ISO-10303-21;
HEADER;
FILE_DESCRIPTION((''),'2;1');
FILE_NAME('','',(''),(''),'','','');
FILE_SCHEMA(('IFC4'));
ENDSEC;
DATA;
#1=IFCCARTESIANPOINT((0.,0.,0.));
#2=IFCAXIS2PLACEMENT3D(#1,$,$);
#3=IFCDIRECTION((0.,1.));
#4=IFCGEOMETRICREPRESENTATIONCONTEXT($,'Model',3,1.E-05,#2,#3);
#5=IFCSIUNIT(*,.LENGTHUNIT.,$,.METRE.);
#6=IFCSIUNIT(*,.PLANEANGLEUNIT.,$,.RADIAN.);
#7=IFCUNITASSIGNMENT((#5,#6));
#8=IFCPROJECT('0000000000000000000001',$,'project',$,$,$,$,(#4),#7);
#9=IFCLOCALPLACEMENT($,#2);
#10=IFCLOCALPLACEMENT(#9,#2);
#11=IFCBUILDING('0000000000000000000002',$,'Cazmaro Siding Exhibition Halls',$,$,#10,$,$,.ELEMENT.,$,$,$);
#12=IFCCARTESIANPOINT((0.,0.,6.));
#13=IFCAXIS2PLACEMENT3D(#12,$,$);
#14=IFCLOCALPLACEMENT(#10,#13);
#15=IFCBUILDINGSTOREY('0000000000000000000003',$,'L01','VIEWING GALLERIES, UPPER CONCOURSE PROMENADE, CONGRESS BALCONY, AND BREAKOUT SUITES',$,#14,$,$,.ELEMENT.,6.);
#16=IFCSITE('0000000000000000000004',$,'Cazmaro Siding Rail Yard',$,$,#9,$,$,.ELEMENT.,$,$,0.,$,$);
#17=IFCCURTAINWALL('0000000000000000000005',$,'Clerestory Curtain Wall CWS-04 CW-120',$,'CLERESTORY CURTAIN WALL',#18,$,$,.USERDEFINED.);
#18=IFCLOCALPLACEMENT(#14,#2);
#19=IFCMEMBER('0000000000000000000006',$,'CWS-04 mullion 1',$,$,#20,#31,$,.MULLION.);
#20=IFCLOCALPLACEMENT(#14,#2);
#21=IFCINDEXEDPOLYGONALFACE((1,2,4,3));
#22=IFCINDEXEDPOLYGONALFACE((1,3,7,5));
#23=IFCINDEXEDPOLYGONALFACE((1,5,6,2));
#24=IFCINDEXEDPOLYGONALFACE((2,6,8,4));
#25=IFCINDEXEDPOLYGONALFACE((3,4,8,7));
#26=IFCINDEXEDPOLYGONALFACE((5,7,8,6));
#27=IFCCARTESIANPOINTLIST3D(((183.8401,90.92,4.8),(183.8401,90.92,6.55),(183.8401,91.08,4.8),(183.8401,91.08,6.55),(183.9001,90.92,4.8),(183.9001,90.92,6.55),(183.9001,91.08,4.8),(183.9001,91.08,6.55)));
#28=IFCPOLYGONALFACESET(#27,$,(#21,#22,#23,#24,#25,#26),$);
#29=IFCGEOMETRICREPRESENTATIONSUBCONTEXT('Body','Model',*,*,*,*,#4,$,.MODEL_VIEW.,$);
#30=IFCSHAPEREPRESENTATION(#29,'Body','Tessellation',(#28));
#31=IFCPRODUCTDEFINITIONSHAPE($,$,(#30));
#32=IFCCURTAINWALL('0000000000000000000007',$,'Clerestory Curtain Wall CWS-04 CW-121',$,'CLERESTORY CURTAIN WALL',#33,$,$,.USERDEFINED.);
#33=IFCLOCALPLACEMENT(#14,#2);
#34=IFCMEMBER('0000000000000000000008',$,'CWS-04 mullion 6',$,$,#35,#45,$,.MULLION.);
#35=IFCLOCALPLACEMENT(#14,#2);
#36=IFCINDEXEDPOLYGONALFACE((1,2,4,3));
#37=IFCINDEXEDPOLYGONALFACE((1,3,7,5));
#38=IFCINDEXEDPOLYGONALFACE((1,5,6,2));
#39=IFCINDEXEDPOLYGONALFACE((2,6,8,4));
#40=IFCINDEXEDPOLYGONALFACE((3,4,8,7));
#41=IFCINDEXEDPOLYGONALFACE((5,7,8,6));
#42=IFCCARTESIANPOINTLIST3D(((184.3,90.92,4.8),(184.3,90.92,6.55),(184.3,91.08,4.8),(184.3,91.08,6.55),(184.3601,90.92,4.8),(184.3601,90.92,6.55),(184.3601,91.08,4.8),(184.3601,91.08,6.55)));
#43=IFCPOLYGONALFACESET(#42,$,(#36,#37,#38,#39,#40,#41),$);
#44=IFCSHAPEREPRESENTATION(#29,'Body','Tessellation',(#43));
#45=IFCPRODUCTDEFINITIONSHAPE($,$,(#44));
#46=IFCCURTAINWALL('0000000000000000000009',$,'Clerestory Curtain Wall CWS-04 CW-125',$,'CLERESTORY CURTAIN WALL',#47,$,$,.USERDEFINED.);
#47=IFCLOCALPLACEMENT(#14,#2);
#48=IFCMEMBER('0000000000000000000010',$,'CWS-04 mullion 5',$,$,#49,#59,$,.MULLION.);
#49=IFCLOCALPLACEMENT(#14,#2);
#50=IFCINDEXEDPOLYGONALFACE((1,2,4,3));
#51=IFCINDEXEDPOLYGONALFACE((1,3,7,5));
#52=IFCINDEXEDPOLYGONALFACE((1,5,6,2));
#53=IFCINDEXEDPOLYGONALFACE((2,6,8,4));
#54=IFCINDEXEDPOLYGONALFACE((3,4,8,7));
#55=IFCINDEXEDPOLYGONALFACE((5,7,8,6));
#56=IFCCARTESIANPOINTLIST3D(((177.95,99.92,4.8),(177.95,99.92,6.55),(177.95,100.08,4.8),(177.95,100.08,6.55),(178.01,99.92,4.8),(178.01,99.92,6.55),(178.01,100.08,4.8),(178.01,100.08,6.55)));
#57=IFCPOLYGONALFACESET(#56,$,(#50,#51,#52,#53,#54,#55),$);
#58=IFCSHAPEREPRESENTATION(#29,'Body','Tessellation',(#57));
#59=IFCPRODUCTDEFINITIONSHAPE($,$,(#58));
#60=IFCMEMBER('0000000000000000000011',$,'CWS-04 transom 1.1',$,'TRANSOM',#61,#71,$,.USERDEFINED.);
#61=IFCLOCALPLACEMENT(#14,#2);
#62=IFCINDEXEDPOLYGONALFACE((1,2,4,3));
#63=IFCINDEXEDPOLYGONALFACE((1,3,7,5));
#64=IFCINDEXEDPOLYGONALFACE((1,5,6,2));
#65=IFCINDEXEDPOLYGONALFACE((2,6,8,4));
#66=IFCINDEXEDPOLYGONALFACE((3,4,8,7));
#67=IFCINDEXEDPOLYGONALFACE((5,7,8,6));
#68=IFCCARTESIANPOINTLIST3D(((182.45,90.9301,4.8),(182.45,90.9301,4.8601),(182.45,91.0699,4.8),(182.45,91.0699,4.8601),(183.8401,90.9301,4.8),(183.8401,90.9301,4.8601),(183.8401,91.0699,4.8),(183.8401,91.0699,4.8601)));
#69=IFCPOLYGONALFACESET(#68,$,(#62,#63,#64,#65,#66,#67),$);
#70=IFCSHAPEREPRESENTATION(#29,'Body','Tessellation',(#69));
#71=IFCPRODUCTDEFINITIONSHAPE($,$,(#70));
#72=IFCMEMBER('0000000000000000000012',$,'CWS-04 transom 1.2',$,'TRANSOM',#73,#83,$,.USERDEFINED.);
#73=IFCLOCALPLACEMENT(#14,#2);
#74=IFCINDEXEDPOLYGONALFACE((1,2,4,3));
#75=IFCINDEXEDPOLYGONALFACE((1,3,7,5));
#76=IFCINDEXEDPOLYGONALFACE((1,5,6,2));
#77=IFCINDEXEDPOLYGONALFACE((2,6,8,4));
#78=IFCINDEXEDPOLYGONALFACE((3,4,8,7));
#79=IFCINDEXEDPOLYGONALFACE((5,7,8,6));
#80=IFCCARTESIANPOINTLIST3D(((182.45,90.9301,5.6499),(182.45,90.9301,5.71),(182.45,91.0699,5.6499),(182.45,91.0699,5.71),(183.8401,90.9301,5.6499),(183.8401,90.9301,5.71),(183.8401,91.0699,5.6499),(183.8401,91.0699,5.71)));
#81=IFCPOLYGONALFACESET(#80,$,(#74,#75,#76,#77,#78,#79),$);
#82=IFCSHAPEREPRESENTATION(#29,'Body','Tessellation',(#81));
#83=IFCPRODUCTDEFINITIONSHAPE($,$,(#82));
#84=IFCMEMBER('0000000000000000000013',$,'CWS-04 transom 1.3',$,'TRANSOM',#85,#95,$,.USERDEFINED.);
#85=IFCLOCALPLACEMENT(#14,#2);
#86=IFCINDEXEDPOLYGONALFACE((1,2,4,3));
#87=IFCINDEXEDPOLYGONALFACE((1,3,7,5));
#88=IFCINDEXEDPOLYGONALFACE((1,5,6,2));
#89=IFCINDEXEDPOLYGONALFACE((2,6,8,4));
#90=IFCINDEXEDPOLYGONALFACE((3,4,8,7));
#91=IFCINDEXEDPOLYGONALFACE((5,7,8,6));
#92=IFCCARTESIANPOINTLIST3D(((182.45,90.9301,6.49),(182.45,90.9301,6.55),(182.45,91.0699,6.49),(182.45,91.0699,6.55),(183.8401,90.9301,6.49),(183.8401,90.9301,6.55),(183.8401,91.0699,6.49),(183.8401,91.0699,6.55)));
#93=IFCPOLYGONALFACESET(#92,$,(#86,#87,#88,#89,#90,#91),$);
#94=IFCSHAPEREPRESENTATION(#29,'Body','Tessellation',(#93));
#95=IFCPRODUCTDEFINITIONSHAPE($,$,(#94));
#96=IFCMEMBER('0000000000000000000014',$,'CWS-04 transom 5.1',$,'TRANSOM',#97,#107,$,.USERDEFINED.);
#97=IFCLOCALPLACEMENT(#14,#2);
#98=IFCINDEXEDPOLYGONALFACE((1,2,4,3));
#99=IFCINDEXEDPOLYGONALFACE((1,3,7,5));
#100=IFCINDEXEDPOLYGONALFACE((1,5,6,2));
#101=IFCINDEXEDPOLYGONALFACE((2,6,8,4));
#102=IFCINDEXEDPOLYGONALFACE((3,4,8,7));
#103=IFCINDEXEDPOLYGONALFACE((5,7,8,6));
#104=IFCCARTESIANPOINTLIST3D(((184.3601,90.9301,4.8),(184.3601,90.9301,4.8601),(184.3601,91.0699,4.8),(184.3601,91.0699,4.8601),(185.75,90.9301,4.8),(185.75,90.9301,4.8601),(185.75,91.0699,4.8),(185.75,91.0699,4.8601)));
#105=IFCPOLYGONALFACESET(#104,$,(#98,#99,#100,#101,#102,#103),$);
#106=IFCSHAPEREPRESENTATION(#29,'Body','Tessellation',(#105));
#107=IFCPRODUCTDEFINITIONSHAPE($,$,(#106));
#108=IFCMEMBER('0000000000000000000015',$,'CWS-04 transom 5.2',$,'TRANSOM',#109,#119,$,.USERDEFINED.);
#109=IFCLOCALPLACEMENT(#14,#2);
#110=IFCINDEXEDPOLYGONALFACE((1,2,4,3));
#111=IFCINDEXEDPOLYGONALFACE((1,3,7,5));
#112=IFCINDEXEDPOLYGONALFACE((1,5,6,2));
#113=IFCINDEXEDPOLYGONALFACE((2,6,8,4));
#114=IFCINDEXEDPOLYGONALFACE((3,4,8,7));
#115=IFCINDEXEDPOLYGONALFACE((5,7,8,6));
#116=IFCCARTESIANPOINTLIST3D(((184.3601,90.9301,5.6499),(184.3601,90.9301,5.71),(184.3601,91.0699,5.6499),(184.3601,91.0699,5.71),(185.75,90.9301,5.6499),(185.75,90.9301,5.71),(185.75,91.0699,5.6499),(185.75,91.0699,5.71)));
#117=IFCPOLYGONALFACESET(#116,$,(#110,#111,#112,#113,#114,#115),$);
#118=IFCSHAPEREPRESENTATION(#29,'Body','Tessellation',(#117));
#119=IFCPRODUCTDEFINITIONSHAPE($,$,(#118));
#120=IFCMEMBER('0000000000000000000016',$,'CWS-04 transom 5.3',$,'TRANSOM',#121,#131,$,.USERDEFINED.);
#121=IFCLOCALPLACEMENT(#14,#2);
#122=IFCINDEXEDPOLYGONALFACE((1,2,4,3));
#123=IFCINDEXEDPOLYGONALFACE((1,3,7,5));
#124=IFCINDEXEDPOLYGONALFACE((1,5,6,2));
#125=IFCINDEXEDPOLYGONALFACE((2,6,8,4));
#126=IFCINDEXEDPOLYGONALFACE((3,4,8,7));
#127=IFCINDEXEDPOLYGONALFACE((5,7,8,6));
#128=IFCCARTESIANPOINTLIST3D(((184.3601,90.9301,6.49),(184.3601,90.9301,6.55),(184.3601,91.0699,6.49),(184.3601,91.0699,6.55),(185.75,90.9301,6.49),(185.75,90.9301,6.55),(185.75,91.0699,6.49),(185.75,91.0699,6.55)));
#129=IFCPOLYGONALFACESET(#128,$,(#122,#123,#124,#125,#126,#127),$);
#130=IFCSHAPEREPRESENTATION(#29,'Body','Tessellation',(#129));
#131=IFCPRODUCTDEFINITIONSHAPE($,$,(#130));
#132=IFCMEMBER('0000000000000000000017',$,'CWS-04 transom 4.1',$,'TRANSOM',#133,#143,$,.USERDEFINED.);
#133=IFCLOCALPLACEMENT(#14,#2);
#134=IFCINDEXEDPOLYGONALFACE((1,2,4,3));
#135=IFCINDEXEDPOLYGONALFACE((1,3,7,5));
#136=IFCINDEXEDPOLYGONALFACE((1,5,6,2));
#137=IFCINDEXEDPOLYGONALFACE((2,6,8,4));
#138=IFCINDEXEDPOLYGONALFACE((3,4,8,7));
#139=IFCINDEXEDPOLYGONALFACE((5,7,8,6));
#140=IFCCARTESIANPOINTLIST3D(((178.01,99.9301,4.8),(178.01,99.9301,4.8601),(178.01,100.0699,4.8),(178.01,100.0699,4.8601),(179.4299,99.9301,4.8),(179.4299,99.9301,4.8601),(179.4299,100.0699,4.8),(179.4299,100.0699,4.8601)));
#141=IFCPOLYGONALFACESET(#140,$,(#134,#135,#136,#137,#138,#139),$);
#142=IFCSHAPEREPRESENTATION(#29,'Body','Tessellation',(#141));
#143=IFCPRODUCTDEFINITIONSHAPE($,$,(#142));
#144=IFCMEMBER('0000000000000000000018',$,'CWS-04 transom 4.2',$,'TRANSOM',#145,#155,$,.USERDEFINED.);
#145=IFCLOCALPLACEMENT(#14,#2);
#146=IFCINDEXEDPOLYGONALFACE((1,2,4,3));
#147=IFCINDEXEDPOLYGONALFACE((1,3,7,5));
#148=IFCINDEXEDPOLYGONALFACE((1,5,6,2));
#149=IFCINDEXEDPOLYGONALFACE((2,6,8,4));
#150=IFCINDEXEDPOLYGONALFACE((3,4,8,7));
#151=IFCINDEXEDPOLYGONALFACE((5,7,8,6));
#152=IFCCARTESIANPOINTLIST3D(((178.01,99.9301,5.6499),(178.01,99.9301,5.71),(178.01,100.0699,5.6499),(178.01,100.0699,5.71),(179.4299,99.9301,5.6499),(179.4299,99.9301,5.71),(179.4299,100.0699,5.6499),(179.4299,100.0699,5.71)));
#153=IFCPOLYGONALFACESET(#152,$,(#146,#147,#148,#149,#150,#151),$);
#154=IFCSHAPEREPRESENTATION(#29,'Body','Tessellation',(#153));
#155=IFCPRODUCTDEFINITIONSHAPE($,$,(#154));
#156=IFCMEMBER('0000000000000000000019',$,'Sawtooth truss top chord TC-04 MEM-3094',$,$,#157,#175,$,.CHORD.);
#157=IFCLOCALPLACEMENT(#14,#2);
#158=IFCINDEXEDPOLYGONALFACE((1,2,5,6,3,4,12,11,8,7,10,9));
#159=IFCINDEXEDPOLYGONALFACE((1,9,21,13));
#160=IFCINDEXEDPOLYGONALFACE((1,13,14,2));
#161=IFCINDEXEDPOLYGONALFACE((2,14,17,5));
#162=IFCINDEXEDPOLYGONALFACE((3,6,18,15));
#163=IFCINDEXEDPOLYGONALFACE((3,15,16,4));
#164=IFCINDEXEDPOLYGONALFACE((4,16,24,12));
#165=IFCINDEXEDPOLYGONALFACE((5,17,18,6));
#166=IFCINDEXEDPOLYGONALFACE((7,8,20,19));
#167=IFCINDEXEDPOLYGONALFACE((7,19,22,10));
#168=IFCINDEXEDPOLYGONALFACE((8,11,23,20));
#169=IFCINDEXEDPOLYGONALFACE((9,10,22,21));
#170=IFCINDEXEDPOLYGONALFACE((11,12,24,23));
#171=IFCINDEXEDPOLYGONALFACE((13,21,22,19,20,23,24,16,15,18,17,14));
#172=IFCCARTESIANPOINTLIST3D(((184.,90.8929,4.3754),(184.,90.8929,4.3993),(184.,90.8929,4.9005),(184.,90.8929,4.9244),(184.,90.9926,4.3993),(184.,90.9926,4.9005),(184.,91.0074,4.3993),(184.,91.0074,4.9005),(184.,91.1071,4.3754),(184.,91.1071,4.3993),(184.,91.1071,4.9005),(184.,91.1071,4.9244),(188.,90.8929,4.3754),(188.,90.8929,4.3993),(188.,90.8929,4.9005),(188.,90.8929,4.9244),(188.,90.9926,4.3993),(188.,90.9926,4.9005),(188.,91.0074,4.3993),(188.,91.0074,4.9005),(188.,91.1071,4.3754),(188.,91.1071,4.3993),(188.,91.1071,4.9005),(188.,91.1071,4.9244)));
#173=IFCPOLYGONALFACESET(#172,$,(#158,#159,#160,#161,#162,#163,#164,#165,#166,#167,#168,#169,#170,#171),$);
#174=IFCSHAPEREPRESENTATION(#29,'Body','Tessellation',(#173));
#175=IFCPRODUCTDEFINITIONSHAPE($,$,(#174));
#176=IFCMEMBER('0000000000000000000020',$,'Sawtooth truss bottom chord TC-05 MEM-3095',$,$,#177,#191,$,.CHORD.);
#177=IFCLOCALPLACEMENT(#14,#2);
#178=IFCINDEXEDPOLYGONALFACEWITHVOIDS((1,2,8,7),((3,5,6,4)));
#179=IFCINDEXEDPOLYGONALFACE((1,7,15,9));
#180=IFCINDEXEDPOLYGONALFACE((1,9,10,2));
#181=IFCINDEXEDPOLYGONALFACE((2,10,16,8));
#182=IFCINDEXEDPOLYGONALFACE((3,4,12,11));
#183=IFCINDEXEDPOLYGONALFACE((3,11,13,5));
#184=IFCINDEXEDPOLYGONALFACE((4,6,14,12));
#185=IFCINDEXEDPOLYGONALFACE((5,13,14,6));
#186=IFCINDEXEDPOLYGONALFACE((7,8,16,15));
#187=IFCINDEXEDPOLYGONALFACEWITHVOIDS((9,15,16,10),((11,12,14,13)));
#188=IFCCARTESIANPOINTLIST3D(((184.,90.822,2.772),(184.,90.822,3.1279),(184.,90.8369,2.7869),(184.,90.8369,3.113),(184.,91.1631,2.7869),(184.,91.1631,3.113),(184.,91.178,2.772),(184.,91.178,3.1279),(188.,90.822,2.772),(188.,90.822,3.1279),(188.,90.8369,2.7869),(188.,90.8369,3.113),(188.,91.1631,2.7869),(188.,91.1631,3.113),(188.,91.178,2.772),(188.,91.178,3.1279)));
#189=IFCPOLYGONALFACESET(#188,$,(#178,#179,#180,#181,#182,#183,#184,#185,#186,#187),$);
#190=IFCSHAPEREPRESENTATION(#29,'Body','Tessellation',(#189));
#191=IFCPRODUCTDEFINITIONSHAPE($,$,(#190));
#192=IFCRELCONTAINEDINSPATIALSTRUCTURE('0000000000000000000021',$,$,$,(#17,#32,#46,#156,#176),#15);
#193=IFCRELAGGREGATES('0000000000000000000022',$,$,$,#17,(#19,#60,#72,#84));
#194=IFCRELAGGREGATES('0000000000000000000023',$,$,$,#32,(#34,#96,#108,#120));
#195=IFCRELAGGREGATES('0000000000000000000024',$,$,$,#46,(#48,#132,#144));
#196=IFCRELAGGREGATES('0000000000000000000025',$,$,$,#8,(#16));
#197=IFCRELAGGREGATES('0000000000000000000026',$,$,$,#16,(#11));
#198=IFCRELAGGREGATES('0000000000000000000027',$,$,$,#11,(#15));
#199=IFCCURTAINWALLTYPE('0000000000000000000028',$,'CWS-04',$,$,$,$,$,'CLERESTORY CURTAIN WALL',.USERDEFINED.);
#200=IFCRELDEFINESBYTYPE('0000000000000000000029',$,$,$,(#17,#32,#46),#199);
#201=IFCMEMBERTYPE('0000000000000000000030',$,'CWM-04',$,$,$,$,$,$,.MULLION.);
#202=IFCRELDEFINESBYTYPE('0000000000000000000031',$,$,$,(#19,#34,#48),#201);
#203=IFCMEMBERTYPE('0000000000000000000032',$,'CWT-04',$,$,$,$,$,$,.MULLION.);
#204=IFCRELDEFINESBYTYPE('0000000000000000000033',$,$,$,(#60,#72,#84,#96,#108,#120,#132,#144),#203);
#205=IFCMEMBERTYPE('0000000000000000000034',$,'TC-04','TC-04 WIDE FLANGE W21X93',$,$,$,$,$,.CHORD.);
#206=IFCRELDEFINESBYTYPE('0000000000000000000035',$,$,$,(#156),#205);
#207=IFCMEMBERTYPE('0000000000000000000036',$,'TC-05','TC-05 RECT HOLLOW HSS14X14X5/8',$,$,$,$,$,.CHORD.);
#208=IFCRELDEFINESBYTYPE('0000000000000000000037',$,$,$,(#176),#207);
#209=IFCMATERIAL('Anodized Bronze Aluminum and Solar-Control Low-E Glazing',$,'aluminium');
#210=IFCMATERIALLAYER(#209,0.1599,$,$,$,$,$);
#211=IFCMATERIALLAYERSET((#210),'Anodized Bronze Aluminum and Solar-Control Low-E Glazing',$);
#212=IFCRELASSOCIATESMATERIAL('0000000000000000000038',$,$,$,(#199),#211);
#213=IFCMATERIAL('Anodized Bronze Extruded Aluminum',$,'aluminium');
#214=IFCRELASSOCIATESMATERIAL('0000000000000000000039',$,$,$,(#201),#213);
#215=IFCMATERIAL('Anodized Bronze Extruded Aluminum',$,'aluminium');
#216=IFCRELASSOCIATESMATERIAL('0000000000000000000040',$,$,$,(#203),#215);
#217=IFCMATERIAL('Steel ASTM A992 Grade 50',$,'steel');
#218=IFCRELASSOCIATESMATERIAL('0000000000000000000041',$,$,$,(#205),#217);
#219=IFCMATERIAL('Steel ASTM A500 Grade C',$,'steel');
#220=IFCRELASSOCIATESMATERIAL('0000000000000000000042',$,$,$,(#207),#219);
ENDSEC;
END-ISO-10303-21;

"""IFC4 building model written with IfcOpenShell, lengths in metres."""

from ifc_helpers import new_model, si_unit, direction, frame, origin, origin_2d, place, context, subcontext, project, spatial, rectangle, hollow_rectangle, i_section, extrude, material, layer, layer_set, material_profile, profile_set, type_object, element, aggregate, save


model = new_model("IFC4")

# Units and contexts
model_context = context("Model", 3, precision=1e-05, world=origin(), true_north=direction((0.0, 1.0)))
body_context = subcontext(model_context, "Body", "Model", "MODEL_VIEW")
ifc_project = project(units=[si_unit("LENGTHUNIT", "METRE"), si_unit("PLANEANGLEUNIT", "RADIAN")], contexts=[model_context])

# Site, building, storey
site_placement = place(None, origin())
site = spatial("IfcSite", under=ifc_project, at=site_placement, Name="Cazmaro Siding Rail Yard", CompositionType="ELEMENT", RefElevation=0.0)
building_placement = place(site_placement, origin())
building = spatial("IfcBuilding", under=site, at=building_placement, Name="Cazmaro Siding Exhibition Halls", CompositionType="ELEMENT")
storey_placement = place(building_placement, frame((0.0, 0.0, 6.0)))
storey = spatial("IfcBuildingStorey", under=building, at=storey_placement, Name="L01", Description="VIEWING GALLERIES, UPPER CONCOURSE PROMENADE, CONGRESS BALCONY, AND BREAKOUT SUITES", CompositionType="ELEMENT", Elevation=6.0)

# Curtain walls, members
ifc_material_1 = material(Name="Anodized Bronze Aluminum and Solar-Control Low-E Glazing", Category="aluminium")
ifc_layer_1 = layer(ifc_material_1, 0.1599)
ifc_layer_set_1 = layer_set([ifc_layer_1], Name="Anodized Bronze Aluminum and Solar-Control Low-E Glazing")
curtain_wall_type = type_object("IfcCurtainWallType", Name="CWS-04", ElementType="CLERESTORY CURTAIN WALL", PredefinedType="USERDEFINED", material=ifc_layer_set_1)
curtain_wall_1_placement = place(storey_placement, origin())
curtain_wall_1 = element("IfcCurtainWall", 1, at=curtain_wall_1_placement, inside=storey, type_object=curtain_wall_type, Name="Clerestory Curtain Wall CWS-04 CW-120", ObjectType="CLERESTORY CURTAIN WALL", PredefinedType="USERDEFINED")
ifc_material_2 = material(Name="Anodized Bronze Extruded Aluminum", Category="aluminium")
ifc_material_profile_1 = material_profile(ifc_material_2, rectangle(XDim=0.1599, YDim=0.0601, at=origin_2d()), Name="CWM-04")
ifc_profile_set_1 = profile_set([ifc_material_profile_1], Name="Anodized Bronze Extruded Aluminum")
member_type_1 = type_object("IfcMemberType", Name="CWM-04", PredefinedType="MULLION", material=ifc_profile_set_1)
member_1_placement = place(storey_placement, frame((183.8701, 91.0, 4.8), z_axis=(0.0, 0.0, 1.0), x_axis=(0.0, -1.0, 0.0)))
member_1 = element("IfcMember", 2, at=member_1_placement, type_object=member_type_1, Name="CWS-04 mullion 1", PredefinedType="MULLION", context=body_context, shape_type="SweptSolid", body=[
    extrude(rectangle(XDim=0.1599, YDim=0.0601, at=origin_2d()), origin(), (0.0, 0.0, 1.0), 1.75),
])
curtain_wall_2_placement = place(storey_placement, origin())
curtain_wall_2 = element("IfcCurtainWall", 3, at=curtain_wall_2_placement, inside=storey, type_object=curtain_wall_type, Name="Clerestory Curtain Wall CWS-04 CW-121", ObjectType="CLERESTORY CURTAIN WALL", PredefinedType="USERDEFINED")
member_2_placement = place(storey_placement, frame((184.3301, 91.0, 4.8), z_axis=(0.0, 0.0, 1.0), x_axis=(0.0, -1.0, 0.0)))
member_2 = element("IfcMember", 4, at=member_2_placement, type_object=member_type_1, Name="CWS-04 mullion 6", PredefinedType="MULLION", context=body_context, shape_type="SweptSolid", body=[
    extrude(rectangle(XDim=0.1599, YDim=0.0601, at=origin_2d()), origin(), (0.0, 0.0, 1.0), 1.75),
])
curtain_wall_3_placement = place(storey_placement, origin())
curtain_wall_3 = element("IfcCurtainWall", 5, at=curtain_wall_3_placement, inside=storey, type_object=curtain_wall_type, Name="Clerestory Curtain Wall CWS-04 CW-125", ObjectType="CLERESTORY CURTAIN WALL", PredefinedType="USERDEFINED")
member_3_placement = place(storey_placement, frame((177.98, 100.0, 4.8), z_axis=(0.0, 0.0, 1.0), x_axis=(0.0, -1.0, 0.0)))
member_3 = element("IfcMember", 6, at=member_3_placement, type_object=member_type_1, Name="CWS-04 mullion 5", PredefinedType="MULLION", context=body_context, shape_type="SweptSolid", body=[
    extrude(rectangle(XDim=0.1599, YDim=0.0601, at=origin_2d()), origin(), (0.0, 0.0, 1.0), 1.75),
])

# Members
ifc_material_3 = material(Name="Anodized Bronze Extruded Aluminum", Category="aluminium")
ifc_material_profile_2 = material_profile(ifc_material_3, rectangle(XDim=0.1399, YDim=0.0601, at=origin_2d()), Name="CWT-04")
ifc_profile_set_2 = profile_set([ifc_material_profile_2], Name="Anodized Bronze Extruded Aluminum")
member_type_2 = type_object("IfcMemberType", Name="CWT-04", PredefinedType="MULLION", material=ifc_profile_set_2)
member_4_placement = place(storey_placement, frame((183.8401, 91.0, 4.8301), z_axis=(-1.0, 0.0, 0.0), x_axis=(0.0, -1.0, 0.0)))
member_4 = element("IfcMember", 7, at=member_4_placement, type_object=member_type_2, Name="CWS-04 transom 1.1", ObjectType="TRANSOM", PredefinedType="USERDEFINED", context=body_context, shape_type="SweptSolid", body=[
    extrude(rectangle(XDim=0.1399, YDim=0.0601, at=origin_2d()), origin(), (0.0, 0.0, 1.0), 1.3901),
])
member_5_placement = place(storey_placement, frame((183.8401, 91.0, 5.6799), z_axis=(-1.0, 0.0, 0.0), x_axis=(0.0, -1.0, 0.0)))
member_5 = element("IfcMember", 8, at=member_5_placement, type_object=member_type_2, Name="CWS-04 transom 1.2", ObjectType="TRANSOM", PredefinedType="USERDEFINED", context=body_context, shape_type="SweptSolid", body=[
    extrude(rectangle(XDim=0.1399, YDim=0.0601, at=origin_2d()), origin(), (0.0, 0.0, 1.0), 1.3901),
])
member_6_placement = place(storey_placement, frame((183.8401, 91.0, 6.52), z_axis=(-1.0, 0.0, 0.0), x_axis=(0.0, -1.0, 0.0)))
member_6 = element("IfcMember", 9, at=member_6_placement, type_object=member_type_2, Name="CWS-04 transom 1.3", ObjectType="TRANSOM", PredefinedType="USERDEFINED", context=body_context, shape_type="SweptSolid", body=[
    extrude(rectangle(XDim=0.1399, YDim=0.0601, at=origin_2d()), origin(), (0.0, 0.0, 1.0), 1.3901),
])
member_7_placement = place(storey_placement, frame((185.75, 91.0, 4.8301), z_axis=(-1.0, 0.0, 0.0), x_axis=(0.0, -1.0, 0.0)))
member_7 = element("IfcMember", 10, at=member_7_placement, type_object=member_type_2, Name="CWS-04 transom 5.1", ObjectType="TRANSOM", PredefinedType="USERDEFINED", context=body_context, shape_type="SweptSolid", body=[
    extrude(rectangle(XDim=0.1399, YDim=0.0601, at=origin_2d()), origin(), (0.0, 0.0, 1.0), 1.3899),
])
member_8_placement = place(storey_placement, frame((185.75, 91.0, 5.6799), z_axis=(-1.0, 0.0, 0.0), x_axis=(0.0, -1.0, 0.0)))
member_8 = element("IfcMember", 11, at=member_8_placement, type_object=member_type_2, Name="CWS-04 transom 5.2", ObjectType="TRANSOM", PredefinedType="USERDEFINED", context=body_context, shape_type="SweptSolid", body=[
    extrude(rectangle(XDim=0.1399, YDim=0.0601, at=origin_2d()), origin(), (0.0, 0.0, 1.0), 1.3899),
])
member_9_placement = place(storey_placement, frame((185.75, 91.0, 6.52), z_axis=(-1.0, 0.0, 0.0), x_axis=(0.0, -1.0, 0.0)))
member_9 = element("IfcMember", 12, at=member_9_placement, type_object=member_type_2, Name="CWS-04 transom 5.3", ObjectType="TRANSOM", PredefinedType="USERDEFINED", context=body_context, shape_type="SweptSolid", body=[
    extrude(rectangle(XDim=0.1399, YDim=0.0601, at=origin_2d()), origin(), (0.0, 0.0, 1.0), 1.3899),
])
member_10_placement = place(storey_placement, frame((179.4299, 100.0, 4.8301), z_axis=(-1.0, 0.0, 0.0), x_axis=(0.0, -1.0, 0.0)))
member_10 = element("IfcMember", 13, at=member_10_placement, type_object=member_type_2, Name="CWS-04 transom 4.1", ObjectType="TRANSOM", PredefinedType="USERDEFINED", context=body_context, shape_type="SweptSolid", body=[
    extrude(rectangle(XDim=0.1399, YDim=0.0601, at=origin_2d()), origin(), (0.0, 0.0, 1.0), 1.4199),
])
member_11_placement = place(storey_placement, frame((179.4299, 100.0, 5.6799), z_axis=(-1.0, 0.0, 0.0), x_axis=(0.0, -1.0, 0.0)))
member_11 = element("IfcMember", 14, at=member_11_placement, type_object=member_type_2, Name="CWS-04 transom 4.2", ObjectType="TRANSOM", PredefinedType="USERDEFINED", context=body_context, shape_type="SweptSolid", body=[
    extrude(rectangle(XDim=0.1399, YDim=0.0601, at=origin_2d()), origin(), (0.0, 0.0, 1.0), 1.4199),
])

# Members
ifc_material_4 = material(Name="Steel ASTM A992 Grade 50", Category="steel")
ifc_material_profile_3 = material_profile(ifc_material_4, i_section(OverallWidth=0.2141, OverallDepth=0.5491, WebThickness=0.0149, FlangeThickness=0.0239, at=origin_2d()), Name="W21X93")
ifc_profile_set_3 = profile_set([ifc_material_profile_3], Name="Steel ASTM A992 Grade 50")
member_type_3 = type_object("IfcMemberType", Name="TC-04", Description="TC-04 WIDE FLANGE W21X93", PredefinedType="CHORD", material=ifc_profile_set_3)
member_12_placement = place(storey_placement, frame((184.0, 91.0, 4.6499), z_axis=(1.0, 0.0, 0.0), x_axis=(0.0, 1.0, 0.0)))
element("IfcMember", 15, at=member_12_placement, inside=storey, type_object=member_type_3, Name="Sawtooth truss top chord TC-04 MEM-3094", PredefinedType="CHORD", context=body_context, shape_type="SweptSolid", body=[
    extrude(i_section(OverallWidth=0.2141, OverallDepth=0.5491, WebThickness=0.0149, FlangeThickness=0.0239, at=origin_2d()), origin(), (0.0, 0.0, 1.0), 4.0),
])
ifc_material_5 = material(Name="Steel ASTM A500 Grade C", Category="steel")
ifc_material_profile_4 = material_profile(ifc_material_5, hollow_rectangle(XDim=0.356, YDim=0.356, WallThickness=0.0149, at=origin_2d()), Name="HSS14X14X5/8")
ifc_profile_set_4 = profile_set([ifc_material_profile_4], Name="Steel ASTM A500 Grade C")
member_type_4 = type_object("IfcMemberType", Name="TC-05", Description="TC-05 RECT HOLLOW HSS14X14X5/8", PredefinedType="CHORD", material=ifc_profile_set_4)
member_13_placement = place(storey_placement, frame((184.0, 91.0, 2.95), z_axis=(1.0, 0.0, 0.0), x_axis=(0.0, 1.0, 0.0)))
element("IfcMember", 16, at=member_13_placement, inside=storey, type_object=member_type_4, Name="Sawtooth truss bottom chord TC-05 MEM-3095", PredefinedType="CHORD", context=body_context, shape_type="SweptSolid", body=[
    extrude(hollow_rectangle(XDim=0.356, YDim=0.356, WallThickness=0.0149, at=origin_2d()), origin(), (0.0, 0.0, 1.0), 4.0),
])

aggregate(curtain_wall_1, [member_1, member_4, member_5, member_6])
aggregate(curtain_wall_2, [member_2, member_7, member_8, member_9])
aggregate(curtain_wall_3, [member_3, member_10, member_11])

save(model, "model.ifc")
